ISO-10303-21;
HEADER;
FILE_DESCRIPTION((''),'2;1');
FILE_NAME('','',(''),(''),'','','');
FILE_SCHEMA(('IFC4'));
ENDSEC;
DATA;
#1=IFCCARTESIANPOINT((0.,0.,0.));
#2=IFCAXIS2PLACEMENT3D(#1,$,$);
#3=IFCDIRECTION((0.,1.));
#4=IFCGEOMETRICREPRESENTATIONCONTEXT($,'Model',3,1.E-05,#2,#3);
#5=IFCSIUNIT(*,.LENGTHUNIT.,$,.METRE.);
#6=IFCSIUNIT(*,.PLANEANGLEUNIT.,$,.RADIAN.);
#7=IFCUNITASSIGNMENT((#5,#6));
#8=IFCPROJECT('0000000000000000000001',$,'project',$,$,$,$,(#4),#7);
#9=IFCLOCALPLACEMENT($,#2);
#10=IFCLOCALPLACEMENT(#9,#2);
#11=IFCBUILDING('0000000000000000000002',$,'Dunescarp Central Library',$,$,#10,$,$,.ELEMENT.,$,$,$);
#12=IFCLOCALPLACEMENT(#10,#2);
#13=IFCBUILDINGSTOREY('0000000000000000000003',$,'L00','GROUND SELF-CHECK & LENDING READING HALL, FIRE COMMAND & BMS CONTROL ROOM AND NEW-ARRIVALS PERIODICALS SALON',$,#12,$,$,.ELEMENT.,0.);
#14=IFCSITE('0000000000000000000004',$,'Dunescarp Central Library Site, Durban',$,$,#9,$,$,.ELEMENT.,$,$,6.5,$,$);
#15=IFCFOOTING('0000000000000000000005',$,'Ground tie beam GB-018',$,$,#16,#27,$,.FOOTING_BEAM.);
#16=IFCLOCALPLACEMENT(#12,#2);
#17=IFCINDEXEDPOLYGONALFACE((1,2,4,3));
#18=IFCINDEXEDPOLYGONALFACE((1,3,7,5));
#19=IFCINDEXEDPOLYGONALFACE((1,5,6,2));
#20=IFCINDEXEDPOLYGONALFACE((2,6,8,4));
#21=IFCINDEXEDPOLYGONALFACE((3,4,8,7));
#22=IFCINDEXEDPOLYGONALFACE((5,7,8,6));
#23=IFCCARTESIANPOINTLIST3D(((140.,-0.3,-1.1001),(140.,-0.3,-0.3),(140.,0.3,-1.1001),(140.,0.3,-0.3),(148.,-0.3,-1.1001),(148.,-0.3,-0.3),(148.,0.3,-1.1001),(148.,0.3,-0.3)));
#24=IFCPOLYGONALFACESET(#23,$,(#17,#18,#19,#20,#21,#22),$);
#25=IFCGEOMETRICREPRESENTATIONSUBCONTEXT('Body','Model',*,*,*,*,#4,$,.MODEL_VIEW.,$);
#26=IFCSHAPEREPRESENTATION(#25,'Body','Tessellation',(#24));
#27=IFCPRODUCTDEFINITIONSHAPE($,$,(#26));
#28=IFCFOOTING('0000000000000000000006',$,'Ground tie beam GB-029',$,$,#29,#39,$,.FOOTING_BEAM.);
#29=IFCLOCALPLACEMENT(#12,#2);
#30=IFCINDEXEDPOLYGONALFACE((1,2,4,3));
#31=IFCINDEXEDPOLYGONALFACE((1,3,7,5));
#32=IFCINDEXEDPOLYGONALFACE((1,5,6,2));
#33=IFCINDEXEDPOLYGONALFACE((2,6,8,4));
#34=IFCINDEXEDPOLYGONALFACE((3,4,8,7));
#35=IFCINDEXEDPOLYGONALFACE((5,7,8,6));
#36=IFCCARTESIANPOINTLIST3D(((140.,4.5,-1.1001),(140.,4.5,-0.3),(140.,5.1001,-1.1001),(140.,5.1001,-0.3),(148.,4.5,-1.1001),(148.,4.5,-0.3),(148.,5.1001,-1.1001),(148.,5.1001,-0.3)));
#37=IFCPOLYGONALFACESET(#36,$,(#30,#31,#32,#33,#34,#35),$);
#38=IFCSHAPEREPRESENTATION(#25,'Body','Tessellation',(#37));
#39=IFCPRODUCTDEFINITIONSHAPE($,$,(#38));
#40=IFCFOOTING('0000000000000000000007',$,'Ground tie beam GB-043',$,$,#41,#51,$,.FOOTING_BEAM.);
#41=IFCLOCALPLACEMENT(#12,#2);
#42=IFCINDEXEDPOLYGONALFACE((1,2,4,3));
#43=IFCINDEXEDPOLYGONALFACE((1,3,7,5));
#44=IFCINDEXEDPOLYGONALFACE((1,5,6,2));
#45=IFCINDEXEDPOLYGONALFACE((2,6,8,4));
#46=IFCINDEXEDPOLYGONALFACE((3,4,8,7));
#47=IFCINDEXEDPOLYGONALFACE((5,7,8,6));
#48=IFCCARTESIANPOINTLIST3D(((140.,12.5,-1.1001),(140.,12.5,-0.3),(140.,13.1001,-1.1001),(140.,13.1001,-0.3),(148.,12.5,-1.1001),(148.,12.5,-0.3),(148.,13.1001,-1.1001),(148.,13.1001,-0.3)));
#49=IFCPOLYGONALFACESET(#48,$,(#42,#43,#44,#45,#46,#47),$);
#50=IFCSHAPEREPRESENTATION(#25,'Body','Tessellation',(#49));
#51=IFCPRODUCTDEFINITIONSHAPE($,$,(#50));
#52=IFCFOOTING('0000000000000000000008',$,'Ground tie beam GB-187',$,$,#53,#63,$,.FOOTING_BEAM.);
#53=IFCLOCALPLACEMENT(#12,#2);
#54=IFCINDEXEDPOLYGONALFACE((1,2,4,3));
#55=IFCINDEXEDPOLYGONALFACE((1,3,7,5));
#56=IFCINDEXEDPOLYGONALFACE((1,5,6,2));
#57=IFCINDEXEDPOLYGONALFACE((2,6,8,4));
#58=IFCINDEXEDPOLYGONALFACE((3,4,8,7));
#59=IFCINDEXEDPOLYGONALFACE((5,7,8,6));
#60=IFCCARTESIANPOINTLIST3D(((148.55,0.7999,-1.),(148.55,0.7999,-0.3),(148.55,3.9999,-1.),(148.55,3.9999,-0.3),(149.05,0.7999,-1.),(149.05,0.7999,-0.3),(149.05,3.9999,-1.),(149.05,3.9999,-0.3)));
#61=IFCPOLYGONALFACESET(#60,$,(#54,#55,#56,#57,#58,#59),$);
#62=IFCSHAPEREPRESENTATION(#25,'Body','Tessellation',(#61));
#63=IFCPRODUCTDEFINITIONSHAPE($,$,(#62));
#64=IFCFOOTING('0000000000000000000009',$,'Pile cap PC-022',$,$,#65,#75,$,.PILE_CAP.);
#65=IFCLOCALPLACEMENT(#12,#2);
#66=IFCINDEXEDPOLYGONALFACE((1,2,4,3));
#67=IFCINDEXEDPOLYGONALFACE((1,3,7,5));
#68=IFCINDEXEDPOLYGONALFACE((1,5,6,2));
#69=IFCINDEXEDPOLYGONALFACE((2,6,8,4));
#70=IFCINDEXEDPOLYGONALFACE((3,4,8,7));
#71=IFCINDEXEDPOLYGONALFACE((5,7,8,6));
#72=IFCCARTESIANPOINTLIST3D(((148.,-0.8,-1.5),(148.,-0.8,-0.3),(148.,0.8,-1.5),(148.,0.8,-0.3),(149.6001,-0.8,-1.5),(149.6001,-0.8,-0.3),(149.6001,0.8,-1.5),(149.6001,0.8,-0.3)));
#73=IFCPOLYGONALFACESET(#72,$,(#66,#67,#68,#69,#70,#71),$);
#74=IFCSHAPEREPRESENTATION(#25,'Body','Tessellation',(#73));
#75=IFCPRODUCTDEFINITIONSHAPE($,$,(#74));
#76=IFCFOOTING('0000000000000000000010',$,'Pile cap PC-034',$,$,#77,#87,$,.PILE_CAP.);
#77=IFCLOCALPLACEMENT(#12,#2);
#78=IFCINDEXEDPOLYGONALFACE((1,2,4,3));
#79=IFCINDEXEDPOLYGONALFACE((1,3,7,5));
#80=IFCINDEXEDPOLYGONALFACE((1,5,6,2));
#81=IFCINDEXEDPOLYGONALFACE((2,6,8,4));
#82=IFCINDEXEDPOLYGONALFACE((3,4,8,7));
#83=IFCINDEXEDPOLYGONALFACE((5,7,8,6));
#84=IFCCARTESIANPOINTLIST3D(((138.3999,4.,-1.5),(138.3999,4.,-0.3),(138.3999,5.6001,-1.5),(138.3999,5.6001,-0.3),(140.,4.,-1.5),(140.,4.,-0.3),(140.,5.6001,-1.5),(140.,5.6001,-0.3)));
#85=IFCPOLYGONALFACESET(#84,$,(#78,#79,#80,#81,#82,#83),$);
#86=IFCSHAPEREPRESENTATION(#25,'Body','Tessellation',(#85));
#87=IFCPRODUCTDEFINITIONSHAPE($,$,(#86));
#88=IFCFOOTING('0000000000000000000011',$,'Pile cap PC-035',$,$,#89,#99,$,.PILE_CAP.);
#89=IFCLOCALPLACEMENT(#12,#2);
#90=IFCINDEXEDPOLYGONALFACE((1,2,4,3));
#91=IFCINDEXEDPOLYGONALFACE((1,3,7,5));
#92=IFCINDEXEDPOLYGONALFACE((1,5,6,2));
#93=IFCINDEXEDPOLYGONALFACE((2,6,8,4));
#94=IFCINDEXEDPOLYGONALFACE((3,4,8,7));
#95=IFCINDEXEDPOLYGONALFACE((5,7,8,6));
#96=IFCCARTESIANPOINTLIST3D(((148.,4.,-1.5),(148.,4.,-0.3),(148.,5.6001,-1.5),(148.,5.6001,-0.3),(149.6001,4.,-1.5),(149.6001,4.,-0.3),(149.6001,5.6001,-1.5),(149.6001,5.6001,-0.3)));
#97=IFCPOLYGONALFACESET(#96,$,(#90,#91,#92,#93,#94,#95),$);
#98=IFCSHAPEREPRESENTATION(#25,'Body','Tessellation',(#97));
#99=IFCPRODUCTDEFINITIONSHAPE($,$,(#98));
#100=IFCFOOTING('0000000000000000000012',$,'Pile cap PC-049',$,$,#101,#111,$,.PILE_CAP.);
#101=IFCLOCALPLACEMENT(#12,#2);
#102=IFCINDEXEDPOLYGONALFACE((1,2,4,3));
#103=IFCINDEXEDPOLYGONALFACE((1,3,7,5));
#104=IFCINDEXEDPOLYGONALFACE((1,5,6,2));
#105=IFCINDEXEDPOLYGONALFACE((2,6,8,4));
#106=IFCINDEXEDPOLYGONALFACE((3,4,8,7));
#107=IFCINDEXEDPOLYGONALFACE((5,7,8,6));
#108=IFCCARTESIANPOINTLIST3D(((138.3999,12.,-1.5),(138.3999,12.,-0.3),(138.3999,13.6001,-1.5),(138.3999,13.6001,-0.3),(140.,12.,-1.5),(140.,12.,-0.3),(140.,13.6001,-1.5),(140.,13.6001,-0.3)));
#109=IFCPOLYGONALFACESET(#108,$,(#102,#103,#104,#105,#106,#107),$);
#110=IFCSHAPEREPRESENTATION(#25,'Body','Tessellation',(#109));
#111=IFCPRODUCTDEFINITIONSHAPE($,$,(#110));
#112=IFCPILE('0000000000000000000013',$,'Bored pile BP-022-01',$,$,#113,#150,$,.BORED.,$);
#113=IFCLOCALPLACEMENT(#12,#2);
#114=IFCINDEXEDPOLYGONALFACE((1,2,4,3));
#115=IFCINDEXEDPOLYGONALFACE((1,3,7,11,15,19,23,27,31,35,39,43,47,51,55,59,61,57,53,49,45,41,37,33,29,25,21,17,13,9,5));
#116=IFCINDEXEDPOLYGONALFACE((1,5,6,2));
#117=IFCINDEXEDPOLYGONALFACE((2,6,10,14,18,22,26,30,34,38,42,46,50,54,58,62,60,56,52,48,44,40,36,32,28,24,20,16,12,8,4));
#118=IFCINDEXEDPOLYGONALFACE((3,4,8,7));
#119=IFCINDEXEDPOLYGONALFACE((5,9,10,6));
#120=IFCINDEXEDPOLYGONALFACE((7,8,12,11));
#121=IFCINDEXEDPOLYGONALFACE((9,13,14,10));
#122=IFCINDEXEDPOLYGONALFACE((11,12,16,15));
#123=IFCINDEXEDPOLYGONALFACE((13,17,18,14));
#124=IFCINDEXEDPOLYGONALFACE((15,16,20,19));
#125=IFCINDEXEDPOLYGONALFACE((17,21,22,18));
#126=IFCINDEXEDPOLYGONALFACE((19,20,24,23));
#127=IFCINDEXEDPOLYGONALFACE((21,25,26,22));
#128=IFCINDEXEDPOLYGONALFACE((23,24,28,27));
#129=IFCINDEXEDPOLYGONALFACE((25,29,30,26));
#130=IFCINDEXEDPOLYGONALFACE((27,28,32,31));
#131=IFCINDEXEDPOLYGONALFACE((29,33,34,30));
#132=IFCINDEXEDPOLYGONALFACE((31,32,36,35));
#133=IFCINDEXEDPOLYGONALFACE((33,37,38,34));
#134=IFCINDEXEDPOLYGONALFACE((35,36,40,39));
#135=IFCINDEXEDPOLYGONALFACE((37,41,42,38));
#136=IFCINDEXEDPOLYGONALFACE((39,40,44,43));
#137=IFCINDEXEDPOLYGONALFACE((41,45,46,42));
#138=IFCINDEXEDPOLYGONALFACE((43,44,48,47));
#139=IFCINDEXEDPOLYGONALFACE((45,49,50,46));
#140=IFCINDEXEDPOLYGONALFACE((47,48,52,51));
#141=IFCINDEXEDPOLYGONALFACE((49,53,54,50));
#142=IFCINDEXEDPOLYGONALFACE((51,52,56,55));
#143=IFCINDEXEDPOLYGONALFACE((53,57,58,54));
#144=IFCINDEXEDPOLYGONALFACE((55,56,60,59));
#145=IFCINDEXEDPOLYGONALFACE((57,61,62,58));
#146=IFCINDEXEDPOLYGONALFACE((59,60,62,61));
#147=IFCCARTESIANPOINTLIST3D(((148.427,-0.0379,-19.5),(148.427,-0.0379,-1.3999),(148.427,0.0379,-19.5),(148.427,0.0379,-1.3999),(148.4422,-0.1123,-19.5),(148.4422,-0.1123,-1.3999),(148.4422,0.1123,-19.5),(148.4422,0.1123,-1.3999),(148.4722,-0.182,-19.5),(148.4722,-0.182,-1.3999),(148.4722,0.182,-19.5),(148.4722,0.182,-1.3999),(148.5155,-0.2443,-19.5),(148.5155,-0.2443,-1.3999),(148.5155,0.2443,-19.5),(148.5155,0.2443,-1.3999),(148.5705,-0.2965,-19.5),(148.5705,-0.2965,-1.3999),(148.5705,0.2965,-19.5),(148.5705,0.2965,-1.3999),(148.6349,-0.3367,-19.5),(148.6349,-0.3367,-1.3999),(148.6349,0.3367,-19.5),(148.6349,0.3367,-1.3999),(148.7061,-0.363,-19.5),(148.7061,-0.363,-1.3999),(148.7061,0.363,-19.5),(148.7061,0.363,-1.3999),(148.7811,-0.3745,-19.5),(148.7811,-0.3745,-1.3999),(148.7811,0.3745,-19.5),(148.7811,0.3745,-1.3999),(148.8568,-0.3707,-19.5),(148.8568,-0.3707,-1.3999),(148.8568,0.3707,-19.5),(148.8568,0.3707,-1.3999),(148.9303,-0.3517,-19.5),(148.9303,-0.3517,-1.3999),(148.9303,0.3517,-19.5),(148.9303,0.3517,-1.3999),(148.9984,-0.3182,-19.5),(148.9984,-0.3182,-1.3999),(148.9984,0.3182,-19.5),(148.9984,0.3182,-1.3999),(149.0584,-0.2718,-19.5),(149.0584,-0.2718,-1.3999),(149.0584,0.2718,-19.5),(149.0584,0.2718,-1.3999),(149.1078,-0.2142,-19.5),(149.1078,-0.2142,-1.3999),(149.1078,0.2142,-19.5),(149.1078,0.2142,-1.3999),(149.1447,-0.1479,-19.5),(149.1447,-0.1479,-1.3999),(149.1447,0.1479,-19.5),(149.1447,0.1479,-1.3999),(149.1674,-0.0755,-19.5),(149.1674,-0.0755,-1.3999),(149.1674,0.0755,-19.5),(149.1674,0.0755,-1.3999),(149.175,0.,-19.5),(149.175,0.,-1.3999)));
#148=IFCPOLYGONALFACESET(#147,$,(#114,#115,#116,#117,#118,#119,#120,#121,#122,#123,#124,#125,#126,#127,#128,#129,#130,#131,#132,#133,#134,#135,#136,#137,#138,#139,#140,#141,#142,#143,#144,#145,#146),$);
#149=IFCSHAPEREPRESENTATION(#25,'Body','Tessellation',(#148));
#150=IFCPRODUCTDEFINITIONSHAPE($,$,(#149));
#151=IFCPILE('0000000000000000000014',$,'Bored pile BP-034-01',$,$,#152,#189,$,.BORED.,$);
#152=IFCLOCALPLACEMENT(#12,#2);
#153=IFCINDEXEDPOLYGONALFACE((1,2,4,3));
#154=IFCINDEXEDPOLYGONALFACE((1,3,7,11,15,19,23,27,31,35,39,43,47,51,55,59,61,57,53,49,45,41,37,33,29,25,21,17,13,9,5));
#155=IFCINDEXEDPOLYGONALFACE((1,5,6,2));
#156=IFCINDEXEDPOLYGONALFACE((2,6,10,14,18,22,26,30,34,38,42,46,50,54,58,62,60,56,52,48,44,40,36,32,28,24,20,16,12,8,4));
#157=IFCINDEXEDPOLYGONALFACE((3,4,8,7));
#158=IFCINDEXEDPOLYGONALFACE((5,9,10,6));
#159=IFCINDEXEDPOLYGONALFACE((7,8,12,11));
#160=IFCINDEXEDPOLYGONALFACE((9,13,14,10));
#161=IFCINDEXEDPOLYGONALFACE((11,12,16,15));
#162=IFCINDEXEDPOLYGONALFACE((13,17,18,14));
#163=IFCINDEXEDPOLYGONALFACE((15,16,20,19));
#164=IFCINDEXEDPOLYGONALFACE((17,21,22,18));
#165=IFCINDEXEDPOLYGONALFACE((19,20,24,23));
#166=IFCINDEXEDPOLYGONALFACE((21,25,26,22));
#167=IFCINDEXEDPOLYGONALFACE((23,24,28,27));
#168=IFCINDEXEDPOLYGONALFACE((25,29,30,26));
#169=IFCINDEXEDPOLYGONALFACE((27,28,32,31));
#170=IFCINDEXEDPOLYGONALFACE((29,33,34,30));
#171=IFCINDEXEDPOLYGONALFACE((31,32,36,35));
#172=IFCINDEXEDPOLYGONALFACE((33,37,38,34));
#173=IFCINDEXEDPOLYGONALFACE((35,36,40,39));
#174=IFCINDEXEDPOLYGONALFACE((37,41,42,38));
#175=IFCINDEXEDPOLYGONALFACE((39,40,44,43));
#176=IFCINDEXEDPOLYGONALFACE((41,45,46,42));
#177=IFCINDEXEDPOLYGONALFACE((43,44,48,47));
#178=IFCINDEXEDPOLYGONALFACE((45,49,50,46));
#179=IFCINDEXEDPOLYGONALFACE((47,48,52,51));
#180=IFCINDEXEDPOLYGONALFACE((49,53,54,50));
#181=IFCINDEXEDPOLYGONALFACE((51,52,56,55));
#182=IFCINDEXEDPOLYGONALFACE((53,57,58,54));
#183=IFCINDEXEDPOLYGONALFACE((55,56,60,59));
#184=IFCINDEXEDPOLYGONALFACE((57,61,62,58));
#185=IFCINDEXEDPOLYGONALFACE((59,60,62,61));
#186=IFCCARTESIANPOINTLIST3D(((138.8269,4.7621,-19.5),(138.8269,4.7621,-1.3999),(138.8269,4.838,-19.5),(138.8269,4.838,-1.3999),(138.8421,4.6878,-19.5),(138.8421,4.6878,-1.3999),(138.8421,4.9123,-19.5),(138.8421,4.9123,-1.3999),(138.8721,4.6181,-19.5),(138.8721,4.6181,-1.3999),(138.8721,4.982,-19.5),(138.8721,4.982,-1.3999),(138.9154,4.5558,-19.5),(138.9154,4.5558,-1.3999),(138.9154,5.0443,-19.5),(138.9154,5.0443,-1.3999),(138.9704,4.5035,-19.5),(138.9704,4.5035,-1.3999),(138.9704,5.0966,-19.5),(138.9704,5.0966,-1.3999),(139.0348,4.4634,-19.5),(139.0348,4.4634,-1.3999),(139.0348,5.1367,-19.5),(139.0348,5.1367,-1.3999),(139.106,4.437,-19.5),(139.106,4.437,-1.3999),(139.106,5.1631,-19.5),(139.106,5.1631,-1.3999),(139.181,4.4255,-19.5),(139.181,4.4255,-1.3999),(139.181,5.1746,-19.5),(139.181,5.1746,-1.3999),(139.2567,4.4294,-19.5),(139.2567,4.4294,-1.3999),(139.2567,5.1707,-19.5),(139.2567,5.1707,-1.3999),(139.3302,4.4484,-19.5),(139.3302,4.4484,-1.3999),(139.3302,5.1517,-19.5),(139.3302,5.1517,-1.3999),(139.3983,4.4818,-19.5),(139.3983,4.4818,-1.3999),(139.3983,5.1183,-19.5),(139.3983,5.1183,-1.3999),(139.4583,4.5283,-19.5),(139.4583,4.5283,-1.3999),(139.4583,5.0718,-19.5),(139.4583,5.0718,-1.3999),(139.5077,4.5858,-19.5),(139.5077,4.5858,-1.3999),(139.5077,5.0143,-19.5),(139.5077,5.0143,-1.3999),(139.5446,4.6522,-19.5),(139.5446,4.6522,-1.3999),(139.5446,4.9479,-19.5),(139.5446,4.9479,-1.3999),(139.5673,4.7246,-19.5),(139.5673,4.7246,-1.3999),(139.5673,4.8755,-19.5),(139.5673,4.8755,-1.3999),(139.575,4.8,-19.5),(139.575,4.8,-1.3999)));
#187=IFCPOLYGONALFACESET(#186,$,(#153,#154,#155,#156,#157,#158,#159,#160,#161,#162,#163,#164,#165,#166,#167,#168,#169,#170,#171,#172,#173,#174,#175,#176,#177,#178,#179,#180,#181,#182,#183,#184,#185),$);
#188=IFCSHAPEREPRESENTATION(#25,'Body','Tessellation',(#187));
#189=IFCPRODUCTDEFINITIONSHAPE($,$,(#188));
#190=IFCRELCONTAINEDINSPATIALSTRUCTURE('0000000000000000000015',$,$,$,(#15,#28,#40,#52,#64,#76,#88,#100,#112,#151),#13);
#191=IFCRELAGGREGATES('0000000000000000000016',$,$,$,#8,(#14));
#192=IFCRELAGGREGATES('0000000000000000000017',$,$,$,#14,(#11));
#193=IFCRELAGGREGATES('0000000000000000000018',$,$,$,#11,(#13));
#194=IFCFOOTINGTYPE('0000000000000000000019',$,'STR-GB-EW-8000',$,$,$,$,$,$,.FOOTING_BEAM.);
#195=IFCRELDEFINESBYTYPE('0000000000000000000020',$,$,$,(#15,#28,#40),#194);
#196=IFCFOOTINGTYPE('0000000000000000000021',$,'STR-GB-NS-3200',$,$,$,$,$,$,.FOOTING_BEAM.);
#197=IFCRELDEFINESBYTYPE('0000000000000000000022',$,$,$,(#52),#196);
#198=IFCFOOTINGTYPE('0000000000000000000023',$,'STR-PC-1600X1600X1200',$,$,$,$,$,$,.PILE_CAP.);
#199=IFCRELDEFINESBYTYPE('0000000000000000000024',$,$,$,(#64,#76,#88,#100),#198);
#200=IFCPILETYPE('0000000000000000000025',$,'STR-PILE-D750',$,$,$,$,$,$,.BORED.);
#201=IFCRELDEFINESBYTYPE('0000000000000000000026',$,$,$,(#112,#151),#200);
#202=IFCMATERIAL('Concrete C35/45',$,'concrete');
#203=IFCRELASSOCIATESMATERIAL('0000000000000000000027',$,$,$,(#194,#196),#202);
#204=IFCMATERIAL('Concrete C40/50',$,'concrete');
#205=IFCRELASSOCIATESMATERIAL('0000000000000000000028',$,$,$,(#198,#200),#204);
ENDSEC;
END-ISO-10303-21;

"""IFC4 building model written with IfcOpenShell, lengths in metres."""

from ifc_helpers import new_model, si_unit, direction, frame, origin, origin_2d, place, context, subcontext, project, spatial, rectangle, circle, extrude, material, material_profile, profile_set, type_object, element, save


model = new_model("IFC4")

# Units and contexts
model_context = context("Model", 3, precision=1e-05, world=origin(), true_north=direction((0.0, 1.0)))
body_context = subcontext(model_context, "Body", "Model", "MODEL_VIEW")
ifc_project = project(units=[si_unit("LENGTHUNIT", "METRE"), si_unit("PLANEANGLEUNIT", "RADIAN")], contexts=[model_context])

# Site, building, storey
site_placement = place(None, origin())
site = spatial("IfcSite", under=ifc_project, at=site_placement, Name="Dunescarp Central Library Site, Durban", CompositionType="ELEMENT", RefElevation=6.5)
building_placement = place(site_placement, origin())
building = spatial("IfcBuilding", under=site, at=building_placement, Name="Dunescarp Central Library", CompositionType="ELEMENT")
storey_placement = place(building_placement, origin())
storey = spatial("IfcBuildingStorey", under=building, at=storey_placement, Name="L00", Description="GROUND SELF-CHECK & LENDING READING HALL, FIRE COMMAND & BMS CONTROL ROOM AND NEW-ARRIVALS PERIODICALS SALON", CompositionType="ELEMENT", Elevation=0.0)

# Footings
ifc_material_1 = material(Name="Concrete C35/45", Category="concrete")
footing_type_1 = type_object("IfcFootingType", Name="STR-GB-EW-8000", PredefinedType="FOOTING_BEAM", material=ifc_material_1)
for number, where, z_axis, x_axis, name in (
    (1, (144.0, 0.0, -1.1001), (0.0, 0.0, 1.0), (1.0, 0.0, 0.0), "Ground tie beam GB-018"),
    (2, (144.0, 4.8, -1.1001), (0.0, 0.0, 1.0), (1.0, 0.0, 0.0), "Ground tie beam GB-029"),
    (3, (144.0, 12.8, -1.1001), (0.0, 0.0, 1.0), (1.0, 0.0, 0.0), "Ground tie beam GB-043"),
):
    element("IfcFooting", number, at=place(storey_placement, frame(where, z_axis=z_axis, x_axis=x_axis)), inside=storey, type_object=footing_type_1, Name=name, PredefinedType="FOOTING_BEAM", context=body_context, shape_type="SweptSolid", body=[
        extrude(rectangle(XDim=8.0, YDim=0.6001, at=origin_2d()), origin(), (0.0, 0.0, 1.0), 0.8),
    ])
footing_type_2 = type_object("IfcFootingType", Name="STR-GB-NS-3200", PredefinedType="FOOTING_BEAM", material=ifc_material_1)
footing_placement = place(storey_placement, frame((148.8, 2.3999, -1.0), z_axis=(0.0, 0.0, 1.0), x_axis=(0.0, 1.0, 0.0)))
element("IfcFooting", 4, at=footing_placement, inside=storey, type_object=footing_type_2, Name="Ground tie beam GB-187", PredefinedType="FOOTING_BEAM", context=body_context, shape_type="SweptSolid", body=[
    extrude(rectangle(XDim=3.2, YDim=0.5, at=origin_2d()), origin(), (0.0, 0.0, 1.0), 0.7),
])
ifc_material_2 = material(Name="Concrete C40/50", Category="concrete")
footing_type_3 = type_object("IfcFootingType", Name="STR-PC-1600X1600X1200", PredefinedType="PILE_CAP", material=ifc_material_2)
for number, where, z_axis, x_axis, name in (
    (5, (148.8, 0.0, -1.5), (0.0, 0.0, 1.0), (1.0, 0.0, 0.0), "Pile cap PC-022"),
    (6, (139.2, 4.8, -1.5), (0.0, 0.0, 1.0), (1.0, 0.0, 0.0), "Pile cap PC-034"),
    (7, (148.8, 4.8, -1.5), (0.0, 0.0, 1.0), (1.0, 0.0, 0.0), "Pile cap PC-035"),
    (8, (139.2, 12.8, -1.5), (0.0, 0.0, 1.0), (1.0, 0.0, 0.0), "Pile cap PC-049"),
):
    element("IfcFooting", number, at=place(storey_placement, frame(where, z_axis=z_axis, x_axis=x_axis)), inside=storey, type_object=footing_type_3, Name=name, PredefinedType="PILE_CAP", context=body_context, shape_type="SweptSolid", body=[
        extrude(rectangle(XDim=1.6001, YDim=1.6001, at=origin_2d()), origin(), (0.0, 0.0, 1.0), 1.2),
    ])

# Piles
ifc_material_profile_1 = material_profile(ifc_material_2, circle(Radius=0.375, at=origin_2d()), Name="PILE D750")
ifc_profile_set_1 = profile_set([ifc_material_profile_1], Name="Concrete C40/50")
pile_type = type_object("IfcPileType", Name="STR-PILE-D750", PredefinedType="BORED", material=ifc_profile_set_1)
for number, where, z_axis, x_axis, name in (
    (9, (148.8, 0.0, -1.3999), (0.0, 0.0, -1.0), (1.0, 0.0, 0.0), "Bored pile BP-022-01"),
    (10, (139.2, 4.8, -1.3999), (0.0, 0.0, -1.0), (1.0, 0.0, 0.0), "Bored pile BP-034-01"),
):
    element("IfcPile", number, at=place(storey_placement, frame(where, z_axis=z_axis, x_axis=x_axis)), inside=storey, type_object=pile_type, Name=name, PredefinedType="BORED", context=body_context, shape_type="SweptSolid", body=[
        extrude(circle(Radius=0.375, at=origin_2d()), origin(), (0.0, 0.0, 1.0), 18.1001),
    ])

save(model, "model.ifc")
